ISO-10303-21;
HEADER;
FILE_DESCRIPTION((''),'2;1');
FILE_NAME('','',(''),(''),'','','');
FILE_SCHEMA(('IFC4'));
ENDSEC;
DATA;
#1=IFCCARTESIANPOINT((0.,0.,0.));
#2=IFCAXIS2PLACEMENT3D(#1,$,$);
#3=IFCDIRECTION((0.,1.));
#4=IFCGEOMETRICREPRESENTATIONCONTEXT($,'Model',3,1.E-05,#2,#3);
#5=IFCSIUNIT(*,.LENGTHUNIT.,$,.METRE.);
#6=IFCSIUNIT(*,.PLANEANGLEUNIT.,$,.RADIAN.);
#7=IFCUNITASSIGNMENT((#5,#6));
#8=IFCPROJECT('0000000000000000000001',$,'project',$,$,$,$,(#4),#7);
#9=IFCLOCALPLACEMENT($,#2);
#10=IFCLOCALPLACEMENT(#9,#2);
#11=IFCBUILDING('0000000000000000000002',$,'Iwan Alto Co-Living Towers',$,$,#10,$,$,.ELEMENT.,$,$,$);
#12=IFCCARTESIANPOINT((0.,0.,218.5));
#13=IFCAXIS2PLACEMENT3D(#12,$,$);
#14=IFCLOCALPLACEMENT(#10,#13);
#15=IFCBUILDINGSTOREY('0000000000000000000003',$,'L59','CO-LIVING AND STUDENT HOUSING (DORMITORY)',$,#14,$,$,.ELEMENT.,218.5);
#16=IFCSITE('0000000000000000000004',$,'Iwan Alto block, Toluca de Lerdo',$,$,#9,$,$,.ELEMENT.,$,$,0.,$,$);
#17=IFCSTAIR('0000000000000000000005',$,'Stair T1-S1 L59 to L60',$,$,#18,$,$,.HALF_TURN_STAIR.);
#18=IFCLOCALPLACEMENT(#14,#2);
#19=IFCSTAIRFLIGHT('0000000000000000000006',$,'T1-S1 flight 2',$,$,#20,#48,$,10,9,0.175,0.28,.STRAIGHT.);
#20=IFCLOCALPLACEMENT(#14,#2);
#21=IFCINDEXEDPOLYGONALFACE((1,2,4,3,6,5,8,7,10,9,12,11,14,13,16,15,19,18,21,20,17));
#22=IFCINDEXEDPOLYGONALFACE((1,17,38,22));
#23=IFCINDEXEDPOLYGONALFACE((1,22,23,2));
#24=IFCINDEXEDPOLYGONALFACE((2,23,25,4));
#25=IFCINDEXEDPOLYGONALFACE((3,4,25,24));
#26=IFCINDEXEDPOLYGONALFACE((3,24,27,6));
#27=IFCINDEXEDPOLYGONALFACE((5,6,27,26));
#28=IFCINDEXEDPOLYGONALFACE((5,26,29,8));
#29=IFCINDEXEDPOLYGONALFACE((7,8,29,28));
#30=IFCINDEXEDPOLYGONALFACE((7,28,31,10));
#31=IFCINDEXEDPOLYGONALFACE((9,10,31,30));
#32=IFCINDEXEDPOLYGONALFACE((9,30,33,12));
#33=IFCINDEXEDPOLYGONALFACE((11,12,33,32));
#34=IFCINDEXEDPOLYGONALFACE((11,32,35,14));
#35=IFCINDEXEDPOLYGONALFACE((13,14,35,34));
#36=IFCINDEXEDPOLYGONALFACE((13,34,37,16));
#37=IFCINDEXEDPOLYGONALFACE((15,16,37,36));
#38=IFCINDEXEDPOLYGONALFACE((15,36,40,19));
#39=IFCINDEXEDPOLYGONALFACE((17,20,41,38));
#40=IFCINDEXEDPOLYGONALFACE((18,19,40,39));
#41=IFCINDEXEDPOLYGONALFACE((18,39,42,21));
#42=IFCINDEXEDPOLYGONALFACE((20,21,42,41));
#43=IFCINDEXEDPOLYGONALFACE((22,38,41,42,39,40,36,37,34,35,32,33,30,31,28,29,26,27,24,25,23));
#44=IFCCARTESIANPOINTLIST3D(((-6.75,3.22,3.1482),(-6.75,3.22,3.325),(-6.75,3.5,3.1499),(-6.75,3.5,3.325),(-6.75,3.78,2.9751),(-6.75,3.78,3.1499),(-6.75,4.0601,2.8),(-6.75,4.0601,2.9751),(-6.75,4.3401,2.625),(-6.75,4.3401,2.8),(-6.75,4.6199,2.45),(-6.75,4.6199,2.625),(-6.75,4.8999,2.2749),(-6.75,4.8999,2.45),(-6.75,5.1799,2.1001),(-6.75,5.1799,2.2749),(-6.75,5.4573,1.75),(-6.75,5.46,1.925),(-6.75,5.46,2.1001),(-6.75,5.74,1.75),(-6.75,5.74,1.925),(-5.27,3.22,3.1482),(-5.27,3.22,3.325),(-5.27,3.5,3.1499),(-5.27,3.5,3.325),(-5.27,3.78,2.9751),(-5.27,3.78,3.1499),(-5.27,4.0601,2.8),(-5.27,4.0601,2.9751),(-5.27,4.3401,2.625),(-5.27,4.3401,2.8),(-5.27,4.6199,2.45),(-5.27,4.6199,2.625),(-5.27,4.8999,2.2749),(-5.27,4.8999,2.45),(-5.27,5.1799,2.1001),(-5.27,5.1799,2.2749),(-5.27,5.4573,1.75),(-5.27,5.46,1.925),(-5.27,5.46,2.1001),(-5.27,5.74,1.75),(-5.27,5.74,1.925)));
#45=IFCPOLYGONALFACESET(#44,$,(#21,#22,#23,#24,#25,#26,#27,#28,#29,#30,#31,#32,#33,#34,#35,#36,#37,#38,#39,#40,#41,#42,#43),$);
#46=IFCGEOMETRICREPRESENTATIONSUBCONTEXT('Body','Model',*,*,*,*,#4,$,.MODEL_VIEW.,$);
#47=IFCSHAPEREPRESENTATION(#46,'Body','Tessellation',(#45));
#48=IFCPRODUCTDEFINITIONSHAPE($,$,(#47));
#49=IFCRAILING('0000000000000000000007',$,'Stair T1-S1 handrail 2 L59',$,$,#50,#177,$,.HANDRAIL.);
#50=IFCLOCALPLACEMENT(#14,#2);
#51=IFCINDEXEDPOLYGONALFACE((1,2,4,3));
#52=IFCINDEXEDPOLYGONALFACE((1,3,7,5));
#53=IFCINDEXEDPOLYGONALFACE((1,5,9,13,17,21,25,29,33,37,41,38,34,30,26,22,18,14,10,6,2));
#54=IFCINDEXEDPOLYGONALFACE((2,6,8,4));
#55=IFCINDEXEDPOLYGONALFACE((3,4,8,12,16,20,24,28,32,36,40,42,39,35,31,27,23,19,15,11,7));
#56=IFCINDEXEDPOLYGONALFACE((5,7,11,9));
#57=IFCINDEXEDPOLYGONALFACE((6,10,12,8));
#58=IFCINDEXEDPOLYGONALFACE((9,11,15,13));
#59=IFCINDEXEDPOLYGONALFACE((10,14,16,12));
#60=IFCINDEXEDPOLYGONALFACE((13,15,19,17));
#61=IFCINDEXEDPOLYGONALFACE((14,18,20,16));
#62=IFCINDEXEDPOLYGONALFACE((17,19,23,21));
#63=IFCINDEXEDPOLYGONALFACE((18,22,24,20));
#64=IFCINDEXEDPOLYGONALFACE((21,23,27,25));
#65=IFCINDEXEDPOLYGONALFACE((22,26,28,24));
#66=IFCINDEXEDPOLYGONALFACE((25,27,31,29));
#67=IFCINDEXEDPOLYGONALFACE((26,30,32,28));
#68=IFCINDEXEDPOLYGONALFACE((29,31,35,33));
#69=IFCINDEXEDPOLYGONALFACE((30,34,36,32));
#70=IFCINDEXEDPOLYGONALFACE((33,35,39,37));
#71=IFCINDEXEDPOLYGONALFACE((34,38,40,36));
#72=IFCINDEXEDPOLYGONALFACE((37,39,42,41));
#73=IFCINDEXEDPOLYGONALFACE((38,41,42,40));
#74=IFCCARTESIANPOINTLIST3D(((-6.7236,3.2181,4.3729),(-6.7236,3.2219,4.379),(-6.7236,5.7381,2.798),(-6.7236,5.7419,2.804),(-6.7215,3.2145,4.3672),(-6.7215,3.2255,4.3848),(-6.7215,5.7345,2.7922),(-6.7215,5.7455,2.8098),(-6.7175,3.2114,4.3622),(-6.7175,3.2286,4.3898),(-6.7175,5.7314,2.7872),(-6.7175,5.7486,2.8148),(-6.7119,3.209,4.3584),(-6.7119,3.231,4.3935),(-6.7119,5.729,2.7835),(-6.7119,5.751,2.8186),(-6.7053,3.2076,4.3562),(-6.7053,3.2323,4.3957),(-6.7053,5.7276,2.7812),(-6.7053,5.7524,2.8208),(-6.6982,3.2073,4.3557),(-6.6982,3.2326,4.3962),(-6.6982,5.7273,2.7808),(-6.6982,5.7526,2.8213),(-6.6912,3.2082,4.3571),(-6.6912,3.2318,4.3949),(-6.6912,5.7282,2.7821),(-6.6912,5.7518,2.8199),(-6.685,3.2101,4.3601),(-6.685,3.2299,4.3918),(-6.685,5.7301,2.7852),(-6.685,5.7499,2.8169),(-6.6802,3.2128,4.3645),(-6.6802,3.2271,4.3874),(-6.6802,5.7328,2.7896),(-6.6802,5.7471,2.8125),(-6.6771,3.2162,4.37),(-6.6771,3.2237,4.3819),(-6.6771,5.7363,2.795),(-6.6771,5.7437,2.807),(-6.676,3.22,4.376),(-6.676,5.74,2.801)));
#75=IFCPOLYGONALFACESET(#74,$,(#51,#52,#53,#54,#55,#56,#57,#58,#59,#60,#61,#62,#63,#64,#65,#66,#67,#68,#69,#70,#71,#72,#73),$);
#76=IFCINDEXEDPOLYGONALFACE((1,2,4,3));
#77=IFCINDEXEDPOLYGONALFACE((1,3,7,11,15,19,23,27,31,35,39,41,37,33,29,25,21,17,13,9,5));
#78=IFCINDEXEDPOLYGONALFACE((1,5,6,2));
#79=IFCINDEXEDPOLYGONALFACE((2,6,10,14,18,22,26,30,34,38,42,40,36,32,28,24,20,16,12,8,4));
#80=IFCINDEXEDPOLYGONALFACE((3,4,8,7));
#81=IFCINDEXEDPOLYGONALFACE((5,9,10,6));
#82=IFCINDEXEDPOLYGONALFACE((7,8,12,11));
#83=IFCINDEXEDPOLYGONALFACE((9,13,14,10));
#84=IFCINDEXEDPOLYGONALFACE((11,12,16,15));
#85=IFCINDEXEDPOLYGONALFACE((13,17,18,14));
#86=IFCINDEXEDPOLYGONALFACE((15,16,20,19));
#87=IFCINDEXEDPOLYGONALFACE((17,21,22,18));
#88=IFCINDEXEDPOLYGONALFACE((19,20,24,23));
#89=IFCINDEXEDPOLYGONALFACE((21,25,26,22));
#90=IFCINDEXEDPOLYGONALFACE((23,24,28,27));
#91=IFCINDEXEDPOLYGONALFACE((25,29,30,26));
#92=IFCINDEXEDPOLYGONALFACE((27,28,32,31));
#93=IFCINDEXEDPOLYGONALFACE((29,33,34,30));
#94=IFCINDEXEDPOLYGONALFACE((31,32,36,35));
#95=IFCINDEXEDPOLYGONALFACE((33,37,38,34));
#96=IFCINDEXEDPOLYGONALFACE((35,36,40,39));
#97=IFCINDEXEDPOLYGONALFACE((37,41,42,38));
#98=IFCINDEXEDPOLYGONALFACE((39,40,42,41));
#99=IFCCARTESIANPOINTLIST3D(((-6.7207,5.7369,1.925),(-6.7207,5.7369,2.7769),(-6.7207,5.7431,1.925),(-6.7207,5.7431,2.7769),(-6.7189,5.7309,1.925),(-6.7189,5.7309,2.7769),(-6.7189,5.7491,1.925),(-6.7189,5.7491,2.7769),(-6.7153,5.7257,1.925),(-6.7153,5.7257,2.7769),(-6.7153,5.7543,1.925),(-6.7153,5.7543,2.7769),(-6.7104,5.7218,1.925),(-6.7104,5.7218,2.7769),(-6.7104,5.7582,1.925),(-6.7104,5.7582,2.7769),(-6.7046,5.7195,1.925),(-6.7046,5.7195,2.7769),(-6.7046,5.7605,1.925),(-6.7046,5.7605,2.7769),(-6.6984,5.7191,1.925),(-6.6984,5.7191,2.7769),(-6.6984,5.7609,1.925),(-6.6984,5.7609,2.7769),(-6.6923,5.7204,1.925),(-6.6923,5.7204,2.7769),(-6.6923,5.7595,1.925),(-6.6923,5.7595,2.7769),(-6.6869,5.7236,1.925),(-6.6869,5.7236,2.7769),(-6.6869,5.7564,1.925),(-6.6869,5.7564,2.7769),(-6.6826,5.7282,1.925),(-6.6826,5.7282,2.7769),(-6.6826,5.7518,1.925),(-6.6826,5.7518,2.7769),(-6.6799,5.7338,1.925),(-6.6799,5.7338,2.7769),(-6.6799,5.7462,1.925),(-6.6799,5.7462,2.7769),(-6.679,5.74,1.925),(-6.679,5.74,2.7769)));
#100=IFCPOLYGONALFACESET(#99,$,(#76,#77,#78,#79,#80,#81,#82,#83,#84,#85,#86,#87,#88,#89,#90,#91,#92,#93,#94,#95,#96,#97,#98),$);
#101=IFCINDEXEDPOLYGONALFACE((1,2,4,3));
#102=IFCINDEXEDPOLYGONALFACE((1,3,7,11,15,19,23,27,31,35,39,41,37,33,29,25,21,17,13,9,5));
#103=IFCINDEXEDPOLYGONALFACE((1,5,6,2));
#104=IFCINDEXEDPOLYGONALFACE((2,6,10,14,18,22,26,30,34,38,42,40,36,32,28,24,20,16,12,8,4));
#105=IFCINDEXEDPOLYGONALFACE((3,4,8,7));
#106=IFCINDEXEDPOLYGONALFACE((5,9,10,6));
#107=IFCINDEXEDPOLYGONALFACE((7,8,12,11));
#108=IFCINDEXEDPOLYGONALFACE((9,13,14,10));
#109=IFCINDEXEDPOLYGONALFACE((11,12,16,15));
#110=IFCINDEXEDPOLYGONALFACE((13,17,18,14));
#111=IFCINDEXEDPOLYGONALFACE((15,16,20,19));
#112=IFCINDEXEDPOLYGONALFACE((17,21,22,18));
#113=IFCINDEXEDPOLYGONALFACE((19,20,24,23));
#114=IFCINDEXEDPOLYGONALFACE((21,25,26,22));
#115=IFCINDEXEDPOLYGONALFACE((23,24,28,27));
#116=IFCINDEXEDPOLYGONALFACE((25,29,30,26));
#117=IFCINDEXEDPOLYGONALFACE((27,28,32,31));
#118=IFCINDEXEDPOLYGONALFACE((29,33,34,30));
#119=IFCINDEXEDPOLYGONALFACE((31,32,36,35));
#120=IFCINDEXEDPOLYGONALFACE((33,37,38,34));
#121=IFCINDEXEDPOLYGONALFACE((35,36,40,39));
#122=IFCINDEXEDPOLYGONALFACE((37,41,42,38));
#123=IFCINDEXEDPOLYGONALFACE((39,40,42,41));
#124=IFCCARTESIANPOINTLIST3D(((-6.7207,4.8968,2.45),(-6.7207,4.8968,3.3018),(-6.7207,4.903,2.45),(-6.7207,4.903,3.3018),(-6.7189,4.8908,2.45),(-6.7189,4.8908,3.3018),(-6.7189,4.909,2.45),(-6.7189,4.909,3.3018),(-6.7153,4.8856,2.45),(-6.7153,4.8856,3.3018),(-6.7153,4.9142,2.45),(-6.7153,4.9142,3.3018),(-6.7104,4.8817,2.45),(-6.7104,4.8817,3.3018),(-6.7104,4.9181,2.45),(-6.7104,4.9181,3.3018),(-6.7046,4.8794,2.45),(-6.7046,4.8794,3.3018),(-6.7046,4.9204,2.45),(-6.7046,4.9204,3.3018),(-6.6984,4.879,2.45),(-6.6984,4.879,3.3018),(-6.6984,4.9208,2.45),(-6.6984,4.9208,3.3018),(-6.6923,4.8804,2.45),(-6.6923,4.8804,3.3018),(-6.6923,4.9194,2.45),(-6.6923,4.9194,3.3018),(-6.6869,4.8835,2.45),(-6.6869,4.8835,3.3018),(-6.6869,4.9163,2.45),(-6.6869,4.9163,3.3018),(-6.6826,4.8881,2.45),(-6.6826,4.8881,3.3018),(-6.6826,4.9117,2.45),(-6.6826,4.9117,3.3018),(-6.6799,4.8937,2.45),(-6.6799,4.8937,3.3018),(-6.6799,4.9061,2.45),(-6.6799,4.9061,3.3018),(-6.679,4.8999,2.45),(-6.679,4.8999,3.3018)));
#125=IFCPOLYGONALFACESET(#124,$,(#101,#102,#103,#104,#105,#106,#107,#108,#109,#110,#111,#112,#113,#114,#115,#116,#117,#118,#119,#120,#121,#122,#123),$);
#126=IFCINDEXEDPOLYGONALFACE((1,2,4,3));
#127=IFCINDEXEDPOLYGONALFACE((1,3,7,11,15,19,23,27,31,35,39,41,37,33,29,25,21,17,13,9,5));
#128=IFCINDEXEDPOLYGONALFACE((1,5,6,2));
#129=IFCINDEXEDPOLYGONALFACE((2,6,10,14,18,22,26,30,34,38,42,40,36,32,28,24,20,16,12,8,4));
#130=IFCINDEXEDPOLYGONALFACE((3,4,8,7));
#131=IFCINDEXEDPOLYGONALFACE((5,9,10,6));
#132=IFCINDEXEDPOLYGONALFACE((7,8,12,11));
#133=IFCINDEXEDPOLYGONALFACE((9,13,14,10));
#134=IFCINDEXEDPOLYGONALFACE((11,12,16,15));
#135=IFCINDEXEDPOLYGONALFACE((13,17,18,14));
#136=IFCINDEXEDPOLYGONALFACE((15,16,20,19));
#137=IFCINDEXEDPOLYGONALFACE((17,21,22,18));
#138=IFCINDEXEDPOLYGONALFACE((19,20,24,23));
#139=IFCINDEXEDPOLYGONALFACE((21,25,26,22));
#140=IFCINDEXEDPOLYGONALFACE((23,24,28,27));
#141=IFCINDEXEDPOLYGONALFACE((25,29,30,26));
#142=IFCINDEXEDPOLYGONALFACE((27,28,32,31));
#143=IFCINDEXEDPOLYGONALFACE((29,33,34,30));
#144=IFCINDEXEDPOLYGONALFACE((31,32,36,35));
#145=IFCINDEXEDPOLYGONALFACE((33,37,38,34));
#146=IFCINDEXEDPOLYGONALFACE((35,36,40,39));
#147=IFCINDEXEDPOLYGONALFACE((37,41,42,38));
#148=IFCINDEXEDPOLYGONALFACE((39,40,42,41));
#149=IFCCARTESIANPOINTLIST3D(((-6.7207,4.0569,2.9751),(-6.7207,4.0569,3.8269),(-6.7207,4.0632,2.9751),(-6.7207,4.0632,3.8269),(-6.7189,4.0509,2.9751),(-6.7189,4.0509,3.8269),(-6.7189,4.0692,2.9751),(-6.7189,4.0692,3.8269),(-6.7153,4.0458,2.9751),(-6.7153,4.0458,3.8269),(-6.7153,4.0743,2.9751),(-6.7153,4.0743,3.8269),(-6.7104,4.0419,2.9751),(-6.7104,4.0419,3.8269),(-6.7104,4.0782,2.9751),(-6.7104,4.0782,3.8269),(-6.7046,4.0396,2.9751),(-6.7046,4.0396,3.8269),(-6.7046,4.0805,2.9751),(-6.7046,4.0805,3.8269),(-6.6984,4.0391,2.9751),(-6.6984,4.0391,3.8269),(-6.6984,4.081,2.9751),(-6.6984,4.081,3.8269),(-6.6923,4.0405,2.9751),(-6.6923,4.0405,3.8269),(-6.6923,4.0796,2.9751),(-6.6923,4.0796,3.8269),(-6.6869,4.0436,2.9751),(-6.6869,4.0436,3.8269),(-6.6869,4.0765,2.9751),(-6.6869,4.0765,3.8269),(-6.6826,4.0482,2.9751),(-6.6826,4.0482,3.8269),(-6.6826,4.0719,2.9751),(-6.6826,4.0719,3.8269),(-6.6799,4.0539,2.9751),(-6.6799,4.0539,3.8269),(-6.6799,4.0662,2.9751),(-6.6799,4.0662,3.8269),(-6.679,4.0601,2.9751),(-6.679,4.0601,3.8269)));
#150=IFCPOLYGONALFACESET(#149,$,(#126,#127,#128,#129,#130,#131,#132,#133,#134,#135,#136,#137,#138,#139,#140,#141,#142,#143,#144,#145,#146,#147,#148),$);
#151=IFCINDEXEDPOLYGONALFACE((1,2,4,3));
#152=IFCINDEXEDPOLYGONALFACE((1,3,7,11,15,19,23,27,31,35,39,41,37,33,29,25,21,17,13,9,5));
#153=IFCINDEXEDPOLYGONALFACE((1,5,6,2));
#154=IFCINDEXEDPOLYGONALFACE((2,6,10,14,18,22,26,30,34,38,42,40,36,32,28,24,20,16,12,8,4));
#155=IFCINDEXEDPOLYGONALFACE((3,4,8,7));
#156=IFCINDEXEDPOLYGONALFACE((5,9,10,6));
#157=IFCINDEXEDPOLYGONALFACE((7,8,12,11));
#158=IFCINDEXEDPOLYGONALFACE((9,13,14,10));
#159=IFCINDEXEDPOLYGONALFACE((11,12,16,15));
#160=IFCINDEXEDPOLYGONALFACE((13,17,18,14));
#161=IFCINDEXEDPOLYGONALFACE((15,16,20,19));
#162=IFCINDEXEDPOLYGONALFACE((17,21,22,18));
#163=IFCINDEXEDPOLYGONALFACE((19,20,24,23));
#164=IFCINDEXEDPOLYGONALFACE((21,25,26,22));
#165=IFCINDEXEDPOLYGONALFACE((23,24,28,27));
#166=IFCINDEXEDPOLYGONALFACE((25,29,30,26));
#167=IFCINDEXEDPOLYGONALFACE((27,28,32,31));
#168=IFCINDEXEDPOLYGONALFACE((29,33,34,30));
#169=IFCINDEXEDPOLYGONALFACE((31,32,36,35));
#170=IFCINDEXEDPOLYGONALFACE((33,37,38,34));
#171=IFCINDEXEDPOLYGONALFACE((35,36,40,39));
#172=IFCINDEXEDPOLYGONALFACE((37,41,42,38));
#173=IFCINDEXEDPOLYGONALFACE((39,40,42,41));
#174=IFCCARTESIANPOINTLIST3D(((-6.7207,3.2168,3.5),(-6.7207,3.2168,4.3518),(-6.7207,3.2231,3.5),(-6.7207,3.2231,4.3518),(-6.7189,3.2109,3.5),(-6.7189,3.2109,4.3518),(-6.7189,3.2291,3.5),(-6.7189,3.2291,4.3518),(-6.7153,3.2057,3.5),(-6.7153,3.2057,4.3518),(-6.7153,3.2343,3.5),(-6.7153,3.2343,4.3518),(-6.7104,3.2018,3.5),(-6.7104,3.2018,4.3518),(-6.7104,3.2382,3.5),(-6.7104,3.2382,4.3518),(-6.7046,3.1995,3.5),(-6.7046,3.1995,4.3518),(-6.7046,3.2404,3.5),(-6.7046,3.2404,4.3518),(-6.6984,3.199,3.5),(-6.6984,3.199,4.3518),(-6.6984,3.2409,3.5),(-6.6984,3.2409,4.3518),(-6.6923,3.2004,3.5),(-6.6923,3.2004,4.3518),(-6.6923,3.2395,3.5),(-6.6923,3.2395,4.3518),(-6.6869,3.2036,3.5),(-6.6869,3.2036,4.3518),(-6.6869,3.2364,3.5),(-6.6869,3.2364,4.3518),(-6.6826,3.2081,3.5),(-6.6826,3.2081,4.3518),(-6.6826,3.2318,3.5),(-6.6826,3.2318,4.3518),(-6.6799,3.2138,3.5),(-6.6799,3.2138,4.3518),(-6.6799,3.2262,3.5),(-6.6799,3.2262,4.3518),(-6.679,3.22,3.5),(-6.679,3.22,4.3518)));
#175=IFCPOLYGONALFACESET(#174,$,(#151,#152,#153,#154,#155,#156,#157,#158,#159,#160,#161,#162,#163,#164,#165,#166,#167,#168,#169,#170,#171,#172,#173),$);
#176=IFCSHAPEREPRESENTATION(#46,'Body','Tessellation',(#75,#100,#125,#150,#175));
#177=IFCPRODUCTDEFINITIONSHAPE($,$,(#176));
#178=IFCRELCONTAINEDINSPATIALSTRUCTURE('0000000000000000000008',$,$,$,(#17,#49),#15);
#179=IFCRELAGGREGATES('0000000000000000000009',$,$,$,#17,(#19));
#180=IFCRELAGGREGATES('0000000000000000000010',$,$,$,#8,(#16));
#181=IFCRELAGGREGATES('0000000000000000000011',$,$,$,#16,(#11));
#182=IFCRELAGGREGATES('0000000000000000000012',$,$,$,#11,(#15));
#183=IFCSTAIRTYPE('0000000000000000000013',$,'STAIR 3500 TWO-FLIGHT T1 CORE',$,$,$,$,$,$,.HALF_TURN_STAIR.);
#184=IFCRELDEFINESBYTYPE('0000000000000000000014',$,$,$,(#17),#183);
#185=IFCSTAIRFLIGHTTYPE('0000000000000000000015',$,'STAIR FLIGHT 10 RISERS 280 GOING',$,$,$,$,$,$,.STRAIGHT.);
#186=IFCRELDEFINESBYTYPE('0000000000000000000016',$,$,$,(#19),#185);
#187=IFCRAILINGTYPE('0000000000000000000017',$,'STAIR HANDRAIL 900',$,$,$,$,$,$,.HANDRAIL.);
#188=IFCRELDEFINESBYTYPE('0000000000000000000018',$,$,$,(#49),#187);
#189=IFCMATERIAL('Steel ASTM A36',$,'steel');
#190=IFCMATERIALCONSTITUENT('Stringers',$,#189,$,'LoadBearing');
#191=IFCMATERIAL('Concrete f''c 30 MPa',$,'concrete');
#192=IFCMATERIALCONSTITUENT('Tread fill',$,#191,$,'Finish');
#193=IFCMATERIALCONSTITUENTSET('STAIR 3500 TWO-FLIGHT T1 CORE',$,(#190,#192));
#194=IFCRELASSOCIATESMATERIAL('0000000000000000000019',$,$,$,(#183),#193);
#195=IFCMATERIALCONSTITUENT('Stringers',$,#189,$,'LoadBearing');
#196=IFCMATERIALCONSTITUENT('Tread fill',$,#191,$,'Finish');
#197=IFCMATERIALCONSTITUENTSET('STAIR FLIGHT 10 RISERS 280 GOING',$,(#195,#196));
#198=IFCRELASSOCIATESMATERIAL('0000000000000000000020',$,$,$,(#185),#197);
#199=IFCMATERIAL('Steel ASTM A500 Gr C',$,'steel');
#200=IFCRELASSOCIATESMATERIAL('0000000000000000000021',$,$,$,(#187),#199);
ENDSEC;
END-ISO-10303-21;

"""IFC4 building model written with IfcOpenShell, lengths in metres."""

from ifc_helpers import new_model, si_unit, direction, frame, origin, origin_2d, place, context, subcontext, project, spatial, polyline, circle, outline, extrude, material, constituent, constituent_set, type_object, element, aggregate, save


model = new_model("IFC4")

# Units and contexts
model_context = context("Model", 3, precision=1e-05, world=origin(), true_north=direction((0.0, 1.0)))
body_context = subcontext(model_context, "Body", "Model", "MODEL_VIEW")
ifc_project = project(units=[si_unit("LENGTHUNIT", "METRE"), si_unit("PLANEANGLEUNIT", "RADIAN")], contexts=[model_context])

# Site, building, storey
site_placement = place(None, origin())
site = spatial("IfcSite", under=ifc_project, at=site_placement, Name="Iwan Alto block, Toluca de Lerdo", CompositionType="ELEMENT", RefElevation=0.0)
building_placement = place(site_placement, origin())
building = spatial("IfcBuilding", under=site, at=building_placement, Name="Iwan Alto Co-Living Towers", CompositionType="ELEMENT")
storey_placement = place(building_placement, frame((0.0, 0.0, 218.5)))
storey = spatial("IfcBuildingStorey", under=building, at=storey_placement, Name="L59", Description="CO-LIVING AND STUDENT HOUSING (DORMITORY)", CompositionType="ELEMENT", Elevation=218.5)

# Stair, stair flight
ifc_material_1 = material(Name="Steel ASTM A36", Category="steel")
ifc_constituent_1 = constituent(ifc_material_1, Name="Stringers", Category="LoadBearing")
ifc_material_2 = material(Name="Concrete f'c 30 MPa", Category="concrete")
ifc_constituent_2 = constituent(ifc_material_2, Name="Tread fill", Category="Finish")
ifc_constituent_set_1 = constituent_set(constituents=[ifc_constituent_1, ifc_constituent_2], Name="STAIR 3500 TWO-FLIGHT T1 CORE")
stair_type = type_object("IfcStairType", Name="STAIR 3500 TWO-FLIGHT T1 CORE", PredefinedType="HALF_TURN_STAIR", material=ifc_constituent_set_1)
stair_placement = place(storey_placement, origin())
stair = element("IfcStair", 1, at=stair_placement, inside=storey, type_object=stair_type, Name="Stair T1-S1 L59 to L60", PredefinedType="HALF_TURN_STAIR")
ifc_constituent_3 = constituent(ifc_material_1, Name="Stringers", Category="LoadBearing")
ifc_constituent_4 = constituent(ifc_material_2, Name="Tread fill", Category="Finish")
ifc_constituent_set_2 = constituent_set(constituents=[ifc_constituent_3, ifc_constituent_4], Name="STAIR FLIGHT 10 RISERS 280 GOING")
stair_flight_type = type_object("IfcStairFlightType", Name="STAIR FLIGHT 10 RISERS 280 GOING", PredefinedType="STRAIGHT", material=ifc_constituent_set_2)
stair_flight_placement = place(storey_placement, frame((-6.01, 5.74, 1.75), z_axis=(0.0, 0.0, 1.0), x_axis=(0.0, -1.0, 0.0)))
stair_flight = element("IfcStairFlight", 2, at=stair_flight_placement, type_object=stair_flight_type, Name="T1-S1 flight 2", NumberOfRisers=10, NumberOfTreads=9, PredefinedType="STRAIGHT", RiserHeight=0.175, TreadLength=0.28, context=body_context, shape_type="SweptSolid", body=[
    extrude(outline(polyline([(0.0, 0.0), (0.0, 0.175), (0.28, 0.175), (0.28, 0.3501), (0.5601, 0.3501), (0.5601, 0.5249), (0.8401, 0.5249), (0.8401, 0.7), (1.1201, 0.7), (1.1201, 0.875), (1.3999, 0.875), (1.3999, 1.05), (1.6799, 1.05), (1.6799, 1.2251), (1.96, 1.2251), (1.96, 1.3999), (2.24, 1.3999), (2.24, 1.575), (2.52, 1.575), (2.52, 1.75), (2.52, 1.3982), (0.2827, 0.0), (0.0, 0.0)])), frame((0.0, 0.74, 0.0), z_axis=(0.0, -1.0, 0.0), x_axis=(1.0, 0.0, 0.0)), (0.0, 0.0, 1.0), 1.48),
])
aggregate(stair, [stair_flight])

# Railing
ifc_material_3 = material(Name="Steel ASTM A500 Gr C", Category="steel")
railing_type = type_object("IfcRailingType", Name="STAIR HANDRAIL 900", PredefinedType="HANDRAIL", material=ifc_material_3)
railing_placement = place(storey_placement, frame((-6.7, 5.74, 1.925)))
element("IfcRailing", 3, at=railing_placement, inside=storey, type_object=railing_type, Name="Stair T1-S1 handrail 2 L59", PredefinedType="HANDRAIL", context=body_context, shape_type="SweptSolid", body=[
    extrude(circle(Radius=0.0239, at=origin_2d()), frame((0.0, 0.0, 0.876), z_axis=(0.0, -0.848008, 0.529984), x_axis=(1.0, 0.0, 0.0)), (0.0, 0.0, 1.0), 2.9717),
    extrude(circle(Radius=0.021, at=origin_2d()), origin(), (0.0, 0.0, 1.0), 0.8518),
    extrude(circle(Radius=0.021, at=origin_2d()), frame((0.0, -0.8401, 0.5249)), (0.0, 0.0, 1.0), 0.8518),
    extrude(circle(Radius=0.021, at=origin_2d()), frame((0.0, -1.6799, 1.05)), (0.0, 0.0, 1.0), 0.8518),
    extrude(circle(Radius=0.021, at=origin_2d()), frame((0.0, -2.52, 1.575)), (0.0, 0.0, 1.0), 0.8518),
])

save(model, "model.ifc")
